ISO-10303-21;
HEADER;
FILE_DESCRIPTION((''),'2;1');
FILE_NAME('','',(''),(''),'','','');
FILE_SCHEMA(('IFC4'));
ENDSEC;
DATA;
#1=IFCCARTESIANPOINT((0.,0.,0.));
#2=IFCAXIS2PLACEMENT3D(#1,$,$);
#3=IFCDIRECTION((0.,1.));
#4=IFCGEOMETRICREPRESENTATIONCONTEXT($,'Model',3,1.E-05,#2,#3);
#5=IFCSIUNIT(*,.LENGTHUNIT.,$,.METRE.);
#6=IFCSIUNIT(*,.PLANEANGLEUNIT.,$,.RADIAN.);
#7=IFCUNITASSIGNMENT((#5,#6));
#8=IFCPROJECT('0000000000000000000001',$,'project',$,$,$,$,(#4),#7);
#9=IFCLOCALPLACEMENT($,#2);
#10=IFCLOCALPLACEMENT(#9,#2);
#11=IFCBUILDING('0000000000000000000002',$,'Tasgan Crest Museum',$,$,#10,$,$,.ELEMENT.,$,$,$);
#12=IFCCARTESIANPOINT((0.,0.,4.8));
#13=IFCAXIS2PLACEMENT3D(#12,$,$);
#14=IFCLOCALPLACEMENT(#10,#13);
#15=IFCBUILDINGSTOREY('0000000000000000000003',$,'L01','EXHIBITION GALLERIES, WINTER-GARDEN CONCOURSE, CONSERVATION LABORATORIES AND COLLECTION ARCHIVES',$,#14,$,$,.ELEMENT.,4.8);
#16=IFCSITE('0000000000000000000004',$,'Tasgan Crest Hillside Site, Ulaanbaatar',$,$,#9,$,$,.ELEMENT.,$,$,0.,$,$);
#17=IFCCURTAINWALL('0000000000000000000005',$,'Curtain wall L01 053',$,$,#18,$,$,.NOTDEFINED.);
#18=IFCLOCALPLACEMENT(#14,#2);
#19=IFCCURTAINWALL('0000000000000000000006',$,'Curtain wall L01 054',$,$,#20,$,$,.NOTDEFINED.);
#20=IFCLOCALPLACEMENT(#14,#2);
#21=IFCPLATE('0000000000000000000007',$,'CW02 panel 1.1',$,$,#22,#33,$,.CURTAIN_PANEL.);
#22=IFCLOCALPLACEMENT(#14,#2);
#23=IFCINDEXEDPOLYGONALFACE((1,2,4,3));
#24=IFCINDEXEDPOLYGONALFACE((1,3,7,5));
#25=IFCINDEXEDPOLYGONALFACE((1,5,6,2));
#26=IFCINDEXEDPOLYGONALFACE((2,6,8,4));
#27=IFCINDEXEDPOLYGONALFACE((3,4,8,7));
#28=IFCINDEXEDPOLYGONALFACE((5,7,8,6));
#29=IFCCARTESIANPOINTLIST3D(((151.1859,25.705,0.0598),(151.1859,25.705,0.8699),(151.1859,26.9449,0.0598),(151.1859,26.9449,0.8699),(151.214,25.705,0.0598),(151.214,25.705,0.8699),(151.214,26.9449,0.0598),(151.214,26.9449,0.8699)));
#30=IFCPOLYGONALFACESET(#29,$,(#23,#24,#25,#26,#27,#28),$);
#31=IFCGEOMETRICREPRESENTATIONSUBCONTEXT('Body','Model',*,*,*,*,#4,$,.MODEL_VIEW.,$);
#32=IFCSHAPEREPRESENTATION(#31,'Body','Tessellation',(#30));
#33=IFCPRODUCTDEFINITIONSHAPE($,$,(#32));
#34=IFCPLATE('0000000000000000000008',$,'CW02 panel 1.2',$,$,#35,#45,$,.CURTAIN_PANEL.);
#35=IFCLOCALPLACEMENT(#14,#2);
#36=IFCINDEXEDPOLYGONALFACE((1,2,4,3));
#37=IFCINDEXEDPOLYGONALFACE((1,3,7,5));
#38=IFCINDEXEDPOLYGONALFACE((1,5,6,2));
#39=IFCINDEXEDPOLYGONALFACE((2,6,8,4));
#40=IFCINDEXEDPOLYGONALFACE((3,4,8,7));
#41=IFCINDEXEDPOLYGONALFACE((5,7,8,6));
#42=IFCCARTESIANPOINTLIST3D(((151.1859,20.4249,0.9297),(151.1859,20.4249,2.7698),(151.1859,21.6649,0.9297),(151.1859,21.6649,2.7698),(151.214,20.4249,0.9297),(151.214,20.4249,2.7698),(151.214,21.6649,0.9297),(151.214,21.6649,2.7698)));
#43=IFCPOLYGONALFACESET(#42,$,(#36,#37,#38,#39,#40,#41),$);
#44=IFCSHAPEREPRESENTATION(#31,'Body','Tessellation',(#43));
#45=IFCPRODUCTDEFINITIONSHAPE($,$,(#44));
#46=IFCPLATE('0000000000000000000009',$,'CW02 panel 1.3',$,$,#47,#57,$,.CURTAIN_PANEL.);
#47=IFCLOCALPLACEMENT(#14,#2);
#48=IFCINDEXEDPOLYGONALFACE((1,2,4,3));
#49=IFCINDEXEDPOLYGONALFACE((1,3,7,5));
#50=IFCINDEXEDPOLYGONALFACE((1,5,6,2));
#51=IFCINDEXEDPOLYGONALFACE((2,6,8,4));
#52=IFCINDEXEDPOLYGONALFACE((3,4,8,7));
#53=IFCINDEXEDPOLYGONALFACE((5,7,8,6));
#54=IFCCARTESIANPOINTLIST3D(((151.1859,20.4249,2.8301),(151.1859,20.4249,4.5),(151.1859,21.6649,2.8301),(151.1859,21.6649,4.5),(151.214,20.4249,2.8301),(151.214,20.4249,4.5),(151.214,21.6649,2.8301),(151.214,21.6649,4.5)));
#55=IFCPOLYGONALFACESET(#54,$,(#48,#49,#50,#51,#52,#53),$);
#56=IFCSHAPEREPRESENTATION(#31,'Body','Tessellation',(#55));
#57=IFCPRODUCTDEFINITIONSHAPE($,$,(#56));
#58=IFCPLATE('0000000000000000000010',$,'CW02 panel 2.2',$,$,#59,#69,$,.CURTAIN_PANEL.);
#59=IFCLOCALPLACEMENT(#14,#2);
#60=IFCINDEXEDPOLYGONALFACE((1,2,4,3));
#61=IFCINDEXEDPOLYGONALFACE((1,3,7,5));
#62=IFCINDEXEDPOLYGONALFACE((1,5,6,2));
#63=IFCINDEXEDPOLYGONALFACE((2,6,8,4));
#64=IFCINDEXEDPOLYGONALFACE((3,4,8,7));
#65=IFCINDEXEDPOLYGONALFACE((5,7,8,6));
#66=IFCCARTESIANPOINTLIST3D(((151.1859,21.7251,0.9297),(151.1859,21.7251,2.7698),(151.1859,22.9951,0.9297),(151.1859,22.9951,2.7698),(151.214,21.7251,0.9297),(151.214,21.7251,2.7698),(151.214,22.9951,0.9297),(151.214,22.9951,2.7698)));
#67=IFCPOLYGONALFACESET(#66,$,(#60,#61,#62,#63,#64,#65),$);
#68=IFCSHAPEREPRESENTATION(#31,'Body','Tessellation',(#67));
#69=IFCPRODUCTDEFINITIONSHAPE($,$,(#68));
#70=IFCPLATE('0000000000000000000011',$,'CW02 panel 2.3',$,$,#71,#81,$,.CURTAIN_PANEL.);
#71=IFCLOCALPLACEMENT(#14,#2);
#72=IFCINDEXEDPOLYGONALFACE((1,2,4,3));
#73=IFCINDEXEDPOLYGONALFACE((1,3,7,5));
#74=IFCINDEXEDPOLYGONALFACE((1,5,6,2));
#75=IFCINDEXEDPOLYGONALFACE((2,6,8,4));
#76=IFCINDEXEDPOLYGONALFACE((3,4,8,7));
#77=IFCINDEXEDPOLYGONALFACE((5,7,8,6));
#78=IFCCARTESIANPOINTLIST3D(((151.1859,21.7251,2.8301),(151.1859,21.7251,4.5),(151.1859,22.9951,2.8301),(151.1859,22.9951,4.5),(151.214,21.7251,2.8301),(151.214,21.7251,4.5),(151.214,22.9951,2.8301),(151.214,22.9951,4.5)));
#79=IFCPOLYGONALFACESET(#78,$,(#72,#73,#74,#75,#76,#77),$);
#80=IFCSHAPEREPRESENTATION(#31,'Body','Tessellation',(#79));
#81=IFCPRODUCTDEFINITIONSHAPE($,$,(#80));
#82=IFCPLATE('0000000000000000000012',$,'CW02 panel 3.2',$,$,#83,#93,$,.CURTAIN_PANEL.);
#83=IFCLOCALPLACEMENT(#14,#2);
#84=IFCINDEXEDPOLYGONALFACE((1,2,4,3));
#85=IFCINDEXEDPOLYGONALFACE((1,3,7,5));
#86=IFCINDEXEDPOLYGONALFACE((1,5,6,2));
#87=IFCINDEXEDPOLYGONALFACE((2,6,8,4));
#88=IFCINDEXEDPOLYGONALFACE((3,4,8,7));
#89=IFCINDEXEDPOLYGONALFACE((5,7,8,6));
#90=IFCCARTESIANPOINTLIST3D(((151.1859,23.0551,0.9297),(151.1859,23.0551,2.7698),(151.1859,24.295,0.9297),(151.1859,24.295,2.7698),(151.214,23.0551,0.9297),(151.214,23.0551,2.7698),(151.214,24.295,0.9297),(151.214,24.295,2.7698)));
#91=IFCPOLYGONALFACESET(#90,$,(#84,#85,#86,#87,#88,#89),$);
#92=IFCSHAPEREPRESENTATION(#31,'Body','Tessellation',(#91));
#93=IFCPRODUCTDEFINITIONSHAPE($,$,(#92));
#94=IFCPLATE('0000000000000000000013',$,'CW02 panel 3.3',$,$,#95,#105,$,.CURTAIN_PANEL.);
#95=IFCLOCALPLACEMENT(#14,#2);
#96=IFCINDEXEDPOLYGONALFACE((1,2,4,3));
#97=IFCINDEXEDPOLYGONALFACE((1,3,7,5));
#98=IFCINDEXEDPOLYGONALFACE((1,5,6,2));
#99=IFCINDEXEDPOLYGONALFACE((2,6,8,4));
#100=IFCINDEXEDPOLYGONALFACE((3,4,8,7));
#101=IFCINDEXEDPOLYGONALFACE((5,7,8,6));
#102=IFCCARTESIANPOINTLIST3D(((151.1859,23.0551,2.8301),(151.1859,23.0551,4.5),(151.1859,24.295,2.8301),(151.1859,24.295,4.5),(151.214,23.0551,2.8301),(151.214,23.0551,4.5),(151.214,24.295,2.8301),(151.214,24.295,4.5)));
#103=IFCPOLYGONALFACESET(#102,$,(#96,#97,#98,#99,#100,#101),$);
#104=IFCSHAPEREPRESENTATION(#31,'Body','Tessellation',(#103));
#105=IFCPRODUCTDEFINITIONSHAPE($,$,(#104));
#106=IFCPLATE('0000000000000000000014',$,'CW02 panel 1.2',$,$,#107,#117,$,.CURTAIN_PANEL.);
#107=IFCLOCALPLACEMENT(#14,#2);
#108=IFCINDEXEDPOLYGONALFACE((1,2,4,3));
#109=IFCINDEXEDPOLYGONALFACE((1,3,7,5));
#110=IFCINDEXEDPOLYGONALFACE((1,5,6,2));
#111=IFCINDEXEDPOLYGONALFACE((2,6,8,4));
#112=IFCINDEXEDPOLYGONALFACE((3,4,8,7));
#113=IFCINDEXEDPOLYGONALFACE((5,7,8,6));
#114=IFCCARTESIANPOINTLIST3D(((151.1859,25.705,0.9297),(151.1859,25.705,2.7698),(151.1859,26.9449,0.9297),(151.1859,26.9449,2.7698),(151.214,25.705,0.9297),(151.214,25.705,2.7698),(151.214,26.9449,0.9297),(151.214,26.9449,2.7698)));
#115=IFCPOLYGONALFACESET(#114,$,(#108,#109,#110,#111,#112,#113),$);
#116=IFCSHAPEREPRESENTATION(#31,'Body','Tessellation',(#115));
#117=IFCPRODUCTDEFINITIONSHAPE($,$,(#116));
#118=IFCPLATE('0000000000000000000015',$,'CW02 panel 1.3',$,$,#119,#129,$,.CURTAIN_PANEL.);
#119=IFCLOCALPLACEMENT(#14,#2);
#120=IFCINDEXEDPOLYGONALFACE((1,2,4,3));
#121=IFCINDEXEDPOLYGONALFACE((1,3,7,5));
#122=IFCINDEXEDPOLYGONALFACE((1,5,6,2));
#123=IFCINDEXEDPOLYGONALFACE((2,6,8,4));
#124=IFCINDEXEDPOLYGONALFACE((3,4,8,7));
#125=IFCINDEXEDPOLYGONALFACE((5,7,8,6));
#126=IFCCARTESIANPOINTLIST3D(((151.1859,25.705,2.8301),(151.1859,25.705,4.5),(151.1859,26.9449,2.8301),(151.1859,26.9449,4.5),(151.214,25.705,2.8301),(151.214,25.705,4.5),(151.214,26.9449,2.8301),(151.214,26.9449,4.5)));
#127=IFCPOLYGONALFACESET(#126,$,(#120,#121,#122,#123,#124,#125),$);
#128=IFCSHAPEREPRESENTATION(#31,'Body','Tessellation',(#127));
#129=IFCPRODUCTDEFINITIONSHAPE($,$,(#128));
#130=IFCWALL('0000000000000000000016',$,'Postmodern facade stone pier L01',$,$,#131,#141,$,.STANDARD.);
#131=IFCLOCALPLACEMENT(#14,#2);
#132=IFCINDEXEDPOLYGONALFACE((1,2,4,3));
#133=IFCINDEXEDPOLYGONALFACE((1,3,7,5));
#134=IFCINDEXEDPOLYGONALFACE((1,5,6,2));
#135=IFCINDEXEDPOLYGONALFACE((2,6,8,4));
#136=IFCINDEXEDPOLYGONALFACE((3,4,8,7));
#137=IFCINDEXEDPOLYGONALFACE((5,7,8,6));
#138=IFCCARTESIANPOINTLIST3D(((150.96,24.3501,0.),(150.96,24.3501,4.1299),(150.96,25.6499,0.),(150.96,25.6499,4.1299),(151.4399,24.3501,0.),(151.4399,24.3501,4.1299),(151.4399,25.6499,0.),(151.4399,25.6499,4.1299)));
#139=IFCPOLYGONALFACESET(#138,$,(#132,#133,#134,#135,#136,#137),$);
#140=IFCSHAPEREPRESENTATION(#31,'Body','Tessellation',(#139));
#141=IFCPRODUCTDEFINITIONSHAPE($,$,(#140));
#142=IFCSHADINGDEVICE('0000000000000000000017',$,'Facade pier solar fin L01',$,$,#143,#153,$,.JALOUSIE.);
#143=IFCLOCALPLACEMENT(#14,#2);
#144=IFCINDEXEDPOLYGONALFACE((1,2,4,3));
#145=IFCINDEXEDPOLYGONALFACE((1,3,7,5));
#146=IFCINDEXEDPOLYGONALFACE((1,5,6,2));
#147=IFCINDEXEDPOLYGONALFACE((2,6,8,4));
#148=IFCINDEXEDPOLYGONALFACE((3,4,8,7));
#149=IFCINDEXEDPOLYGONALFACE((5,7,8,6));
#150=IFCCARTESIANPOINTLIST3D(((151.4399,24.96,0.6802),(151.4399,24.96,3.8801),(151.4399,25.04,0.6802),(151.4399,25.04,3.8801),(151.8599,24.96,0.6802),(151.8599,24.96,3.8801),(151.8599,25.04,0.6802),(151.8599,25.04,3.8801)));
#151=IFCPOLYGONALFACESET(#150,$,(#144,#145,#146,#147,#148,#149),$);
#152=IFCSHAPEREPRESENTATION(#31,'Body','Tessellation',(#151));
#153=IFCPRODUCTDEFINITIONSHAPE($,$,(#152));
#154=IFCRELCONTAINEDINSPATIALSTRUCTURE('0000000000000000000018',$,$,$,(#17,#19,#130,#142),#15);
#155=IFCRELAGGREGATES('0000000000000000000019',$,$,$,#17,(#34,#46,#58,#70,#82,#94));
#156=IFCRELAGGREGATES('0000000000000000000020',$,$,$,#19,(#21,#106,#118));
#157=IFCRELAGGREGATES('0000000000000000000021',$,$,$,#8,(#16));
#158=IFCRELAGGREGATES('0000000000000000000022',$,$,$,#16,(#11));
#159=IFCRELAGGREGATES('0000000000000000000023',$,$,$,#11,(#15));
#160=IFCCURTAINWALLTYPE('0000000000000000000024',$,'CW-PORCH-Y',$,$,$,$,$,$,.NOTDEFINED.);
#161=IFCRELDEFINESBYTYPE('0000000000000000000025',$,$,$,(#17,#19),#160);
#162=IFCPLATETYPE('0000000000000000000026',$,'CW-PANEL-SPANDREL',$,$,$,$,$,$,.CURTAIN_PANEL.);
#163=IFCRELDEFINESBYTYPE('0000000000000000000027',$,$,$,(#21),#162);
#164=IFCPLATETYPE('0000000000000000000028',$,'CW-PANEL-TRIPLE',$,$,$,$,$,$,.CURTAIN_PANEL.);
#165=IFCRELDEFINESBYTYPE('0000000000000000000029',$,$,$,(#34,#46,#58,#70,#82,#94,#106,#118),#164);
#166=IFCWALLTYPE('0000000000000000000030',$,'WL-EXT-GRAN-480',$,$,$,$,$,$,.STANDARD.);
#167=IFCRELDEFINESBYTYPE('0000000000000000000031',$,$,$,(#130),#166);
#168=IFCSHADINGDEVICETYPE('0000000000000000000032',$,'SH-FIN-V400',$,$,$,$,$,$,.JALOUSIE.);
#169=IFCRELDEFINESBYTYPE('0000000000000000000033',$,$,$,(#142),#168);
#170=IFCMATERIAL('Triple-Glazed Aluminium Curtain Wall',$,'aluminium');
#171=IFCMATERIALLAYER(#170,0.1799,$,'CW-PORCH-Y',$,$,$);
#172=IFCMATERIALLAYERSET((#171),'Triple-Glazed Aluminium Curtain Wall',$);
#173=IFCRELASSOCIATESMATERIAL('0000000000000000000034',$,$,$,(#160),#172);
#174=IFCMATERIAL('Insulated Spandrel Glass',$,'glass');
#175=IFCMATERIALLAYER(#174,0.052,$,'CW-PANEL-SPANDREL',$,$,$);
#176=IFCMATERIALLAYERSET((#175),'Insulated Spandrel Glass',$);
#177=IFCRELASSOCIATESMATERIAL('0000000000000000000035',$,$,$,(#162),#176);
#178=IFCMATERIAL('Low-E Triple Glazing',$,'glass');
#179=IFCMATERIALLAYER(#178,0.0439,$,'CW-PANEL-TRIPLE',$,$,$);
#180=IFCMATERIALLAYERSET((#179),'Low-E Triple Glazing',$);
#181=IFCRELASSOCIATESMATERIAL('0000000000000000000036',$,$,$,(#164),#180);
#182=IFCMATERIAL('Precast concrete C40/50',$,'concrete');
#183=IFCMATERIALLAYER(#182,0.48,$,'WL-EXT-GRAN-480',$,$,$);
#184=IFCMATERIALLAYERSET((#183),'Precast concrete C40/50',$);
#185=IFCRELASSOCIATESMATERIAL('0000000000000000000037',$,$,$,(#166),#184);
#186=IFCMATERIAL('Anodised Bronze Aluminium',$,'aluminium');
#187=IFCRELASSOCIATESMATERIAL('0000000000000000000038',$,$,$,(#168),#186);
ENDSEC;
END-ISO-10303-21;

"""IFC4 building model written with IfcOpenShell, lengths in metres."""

from ifc_helpers import new_model, si_unit, direction, frame, frame_2d, origin, origin_2d, place, context, subcontext, project, spatial, rectangle, extrude, material, layer, layer_set, type_object, element, aggregate, save


model = new_model("IFC4")

# Units and contexts
model_context = context("Model", 3, precision=1e-05, world=origin(), true_north=direction((0.0, 1.0)))
body_context = subcontext(model_context, "Body", "Model", "MODEL_VIEW")
ifc_project = project(units=[si_unit("LENGTHUNIT", "METRE"), si_unit("PLANEANGLEUNIT", "RADIAN")], contexts=[model_context])

# Site, building, storey
site_placement = place(None, origin())
site = spatial("IfcSite", under=ifc_project, at=site_placement, Name="Tasgan Crest Hillside Site, Ulaanbaatar", CompositionType="ELEMENT", RefElevation=0.0)
building_placement = place(site_placement, origin())
building = spatial("IfcBuilding", under=site, at=building_placement, Name="Tasgan Crest Museum", CompositionType="ELEMENT")
storey_placement = place(building_placement, frame((0.0, 0.0, 4.8)))
storey = spatial("IfcBuildingStorey", under=building, at=storey_placement, Name="L01", Description="EXHIBITION GALLERIES, WINTER-GARDEN CONCOURSE, CONSERVATION LABORATORIES AND COLLECTION ARCHIVES", CompositionType="ELEMENT", Elevation=4.8)

# Curtain walls
ifc_material_1 = material(Name="Triple-Glazed Aluminium Curtain Wall", Category="aluminium")
ifc_layer_1 = layer(ifc_material_1, 0.1799, Name="CW-PORCH-Y")
ifc_layer_set_1 = layer_set([ifc_layer_1], Name="Triple-Glazed Aluminium Curtain Wall")
curtain_wall_type = type_object("IfcCurtainWallType", Name="CW-PORCH-Y", PredefinedType="NOTDEFINED", material=ifc_layer_set_1)
curtain_wall_1_placement = place(storey_placement, origin())
curtain_wall_1 = element("IfcCurtainWall", 1, at=curtain_wall_1_placement, inside=storey, type_object=curtain_wall_type, Name="Curtain wall L01 053", PredefinedType="NOTDEFINED")
curtain_wall_2_placement = place(storey_placement, origin())
curtain_wall_2 = element("IfcCurtainWall", 2, at=curtain_wall_2_placement, inside=storey, type_object=curtain_wall_type, Name="Curtain wall L01 054", PredefinedType="NOTDEFINED")

# Plates
ifc_material_2 = material(Name="Insulated Spandrel Glass", Category="glass")
ifc_layer_2 = layer(ifc_material_2, 0.052, Name="CW-PANEL-SPANDREL")
ifc_layer_set_2 = layer_set([ifc_layer_2], Name="Insulated Spandrel Glass")
plate_type_1 = type_object("IfcPlateType", Name="CW-PANEL-SPANDREL", PredefinedType="CURTAIN_PANEL", material=ifc_layer_set_2)
plate_1_placement = place(storey_placement, frame((151.2, 26.325, 0.0598), z_axis=(0.0, 0.0, 1.0), x_axis=(0.0, 1.0, 0.0)))
plate_1 = element("IfcPlate", 3, at=plate_1_placement, type_object=plate_type_1, Name="CW02 panel 1.1", PredefinedType="CURTAIN_PANEL", context=body_context, shape_type="SweptSolid", body=[
    extrude(rectangle(XDim=1.24, YDim=0.0281, at=origin_2d()), origin(), (0.0, 0.0, 1.0), 0.8101),
])
ifc_material_3 = material(Name="Low-E Triple Glazing", Category="glass")
ifc_layer_3 = layer(ifc_material_3, 0.0439, Name="CW-PANEL-TRIPLE")
ifc_layer_set_3 = layer_set([ifc_layer_3], Name="Low-E Triple Glazing")
plate_type_2 = type_object("IfcPlateType", Name="CW-PANEL-TRIPLE", PredefinedType="CURTAIN_PANEL", material=ifc_layer_set_3)
plate_2_placement = place(storey_placement, frame((151.2, 21.0449, 0.9297), z_axis=(0.0, 0.0, 1.0), x_axis=(0.0, 1.0, 0.0)))
plate_2 = element("IfcPlate", 4, at=plate_2_placement, type_object=plate_type_2, Name="CW02 panel 1.2", PredefinedType="CURTAIN_PANEL", context=body_context, shape_type="SweptSolid", body=[
    extrude(rectangle(XDim=1.24, YDim=0.0281, at=origin_2d()), origin(), (0.0, 0.0, 1.0), 1.8401),
])
plate_3_placement = place(storey_placement, frame((151.2, 21.0449, 2.8301), z_axis=(0.0, 0.0, 1.0), x_axis=(0.0, 1.0, 0.0)))
plate_3 = element("IfcPlate", 5, at=plate_3_placement, type_object=plate_type_2, Name="CW02 panel 1.3", PredefinedType="CURTAIN_PANEL", context=body_context, shape_type="SweptSolid", body=[
    extrude(rectangle(XDim=1.24, YDim=0.0281, at=origin_2d()), origin(), (0.0, 0.0, 1.0), 1.6699),
])
plate_4_placement = place(storey_placement, frame((151.2, 22.3601, 0.9297), z_axis=(0.0, 0.0, 1.0), x_axis=(0.0, 1.0, 0.0)))
plate_4 = element("IfcPlate", 6, at=plate_4_placement, type_object=plate_type_2, Name="CW02 panel 2.2", PredefinedType="CURTAIN_PANEL", context=body_context, shape_type="SweptSolid", body=[
    extrude(rectangle(XDim=1.27, YDim=0.0281, at=origin_2d()), origin(), (0.0, 0.0, 1.0), 1.8401),
])
plate_5_placement = place(storey_placement, frame((151.2, 22.3601, 2.8301), z_axis=(0.0, 0.0, 1.0), x_axis=(0.0, 1.0, 0.0)))
plate_5 = element("IfcPlate", 7, at=plate_5_placement, type_object=plate_type_2, Name="CW02 panel 2.3", PredefinedType="CURTAIN_PANEL", context=body_context, shape_type="SweptSolid", body=[
    extrude(rectangle(XDim=1.27, YDim=0.0281, at=origin_2d()), origin(), (0.0, 0.0, 1.0), 1.6699),
])
plate_6_placement = place(storey_placement, frame((151.2, 23.675, 0.9297), z_axis=(0.0, 0.0, 1.0), x_axis=(0.0, 1.0, 0.0)))
plate_6 = element("IfcPlate", 8, at=plate_6_placement, type_object=plate_type_2, Name="CW02 panel 3.2", PredefinedType="CURTAIN_PANEL", context=body_context, shape_type="SweptSolid", body=[
    extrude(rectangle(XDim=1.24, YDim=0.0281, at=origin_2d()), origin(), (0.0, 0.0, 1.0), 1.8401),
])
plate_7_placement = place(storey_placement, frame((151.2, 23.675, 2.8301), z_axis=(0.0, 0.0, 1.0), x_axis=(0.0, 1.0, 0.0)))
plate_7 = element("IfcPlate", 9, at=plate_7_placement, type_object=plate_type_2, Name="CW02 panel 3.3", PredefinedType="CURTAIN_PANEL", context=body_context, shape_type="SweptSolid", body=[
    extrude(rectangle(XDim=1.24, YDim=0.0281, at=origin_2d()), origin(), (0.0, 0.0, 1.0), 1.6699),
])
aggregate(curtain_wall_1, [plate_2, plate_3, plate_4, plate_5, plate_6, plate_7])
plate_8_placement = place(storey_placement, frame((151.2, 26.325, 0.9297), z_axis=(0.0, 0.0, 1.0), x_axis=(0.0, 1.0, 0.0)))
plate_8 = element("IfcPlate", 10, at=plate_8_placement, type_object=plate_type_2, Name="CW02 panel 1.2", PredefinedType="CURTAIN_PANEL", context=body_context, shape_type="SweptSolid", body=[
    extrude(rectangle(XDim=1.24, YDim=0.0281, at=origin_2d()), origin(), (0.0, 0.0, 1.0), 1.8401),
])
plate_9_placement = place(storey_placement, frame((151.2, 26.325, 2.8301), z_axis=(0.0, 0.0, 1.0), x_axis=(0.0, 1.0, 0.0)))
plate_9 = element("IfcPlate", 11, at=plate_9_placement, type_object=plate_type_2, Name="CW02 panel 1.3", PredefinedType="CURTAIN_PANEL", context=body_context, shape_type="SweptSolid", body=[
    extrude(rectangle(XDim=1.24, YDim=0.0281, at=origin_2d()), origin(), (0.0, 0.0, 1.0), 1.6699),
])
aggregate(curtain_wall_2, [plate_1, plate_8, plate_9])

# Wall
ifc_material_4 = material(Name="Precast concrete C40/50", Category="concrete")
ifc_layer_4 = layer(ifc_material_4, 0.48, Name="WL-EXT-GRAN-480")
ifc_layer_set_4 = layer_set([ifc_layer_4], Name="Precast concrete C40/50")
wall_type = type_object("IfcWallType", Name="WL-EXT-GRAN-480", PredefinedType="STANDARD", material=ifc_layer_set_4)
wall_placement = place(storey_placement, frame((151.2, 24.3501, 0.0), z_axis=(0.0, 0.0, 1.0), x_axis=(0.0, 1.0, 0.0)))
element("IfcWall", 12, at=wall_placement, inside=storey, type_object=wall_type, Name="Postmodern facade stone pier L01", PredefinedType="STANDARD", context=body_context, shape_type="SweptSolid", body=[
    extrude(rectangle(XDim=1.2998, YDim=0.48, at=frame_2d((0.6499, 0.0))), origin(), (0.0, 0.0, 1.0), 4.1299),
])

# Shading device
ifc_material_5 = material(Name="Anodised Bronze Aluminium", Category="aluminium")
shading_device_type = type_object("IfcShadingDeviceType", Name="SH-FIN-V400", PredefinedType="JALOUSIE", material=ifc_material_5)
shading_device_placement = place(storey_placement, frame((151.6499, 25.0, 0.6802), z_axis=(0.0, 0.0, 1.0), x_axis=(0.0, 1.0, 0.0)))
element("IfcShadingDevice", 13, at=shading_device_placement, inside=storey, type_object=shading_device_type, Name="Facade pier solar fin L01", PredefinedType="JALOUSIE", context=body_context, shape_type="SweptSolid", body=[
    extrude(rectangle(XDim=0.0801, YDim=0.4199, at=origin_2d()), origin(), (0.0, 0.0, 1.0), 3.2),
])

save(model, "model.ifc")
